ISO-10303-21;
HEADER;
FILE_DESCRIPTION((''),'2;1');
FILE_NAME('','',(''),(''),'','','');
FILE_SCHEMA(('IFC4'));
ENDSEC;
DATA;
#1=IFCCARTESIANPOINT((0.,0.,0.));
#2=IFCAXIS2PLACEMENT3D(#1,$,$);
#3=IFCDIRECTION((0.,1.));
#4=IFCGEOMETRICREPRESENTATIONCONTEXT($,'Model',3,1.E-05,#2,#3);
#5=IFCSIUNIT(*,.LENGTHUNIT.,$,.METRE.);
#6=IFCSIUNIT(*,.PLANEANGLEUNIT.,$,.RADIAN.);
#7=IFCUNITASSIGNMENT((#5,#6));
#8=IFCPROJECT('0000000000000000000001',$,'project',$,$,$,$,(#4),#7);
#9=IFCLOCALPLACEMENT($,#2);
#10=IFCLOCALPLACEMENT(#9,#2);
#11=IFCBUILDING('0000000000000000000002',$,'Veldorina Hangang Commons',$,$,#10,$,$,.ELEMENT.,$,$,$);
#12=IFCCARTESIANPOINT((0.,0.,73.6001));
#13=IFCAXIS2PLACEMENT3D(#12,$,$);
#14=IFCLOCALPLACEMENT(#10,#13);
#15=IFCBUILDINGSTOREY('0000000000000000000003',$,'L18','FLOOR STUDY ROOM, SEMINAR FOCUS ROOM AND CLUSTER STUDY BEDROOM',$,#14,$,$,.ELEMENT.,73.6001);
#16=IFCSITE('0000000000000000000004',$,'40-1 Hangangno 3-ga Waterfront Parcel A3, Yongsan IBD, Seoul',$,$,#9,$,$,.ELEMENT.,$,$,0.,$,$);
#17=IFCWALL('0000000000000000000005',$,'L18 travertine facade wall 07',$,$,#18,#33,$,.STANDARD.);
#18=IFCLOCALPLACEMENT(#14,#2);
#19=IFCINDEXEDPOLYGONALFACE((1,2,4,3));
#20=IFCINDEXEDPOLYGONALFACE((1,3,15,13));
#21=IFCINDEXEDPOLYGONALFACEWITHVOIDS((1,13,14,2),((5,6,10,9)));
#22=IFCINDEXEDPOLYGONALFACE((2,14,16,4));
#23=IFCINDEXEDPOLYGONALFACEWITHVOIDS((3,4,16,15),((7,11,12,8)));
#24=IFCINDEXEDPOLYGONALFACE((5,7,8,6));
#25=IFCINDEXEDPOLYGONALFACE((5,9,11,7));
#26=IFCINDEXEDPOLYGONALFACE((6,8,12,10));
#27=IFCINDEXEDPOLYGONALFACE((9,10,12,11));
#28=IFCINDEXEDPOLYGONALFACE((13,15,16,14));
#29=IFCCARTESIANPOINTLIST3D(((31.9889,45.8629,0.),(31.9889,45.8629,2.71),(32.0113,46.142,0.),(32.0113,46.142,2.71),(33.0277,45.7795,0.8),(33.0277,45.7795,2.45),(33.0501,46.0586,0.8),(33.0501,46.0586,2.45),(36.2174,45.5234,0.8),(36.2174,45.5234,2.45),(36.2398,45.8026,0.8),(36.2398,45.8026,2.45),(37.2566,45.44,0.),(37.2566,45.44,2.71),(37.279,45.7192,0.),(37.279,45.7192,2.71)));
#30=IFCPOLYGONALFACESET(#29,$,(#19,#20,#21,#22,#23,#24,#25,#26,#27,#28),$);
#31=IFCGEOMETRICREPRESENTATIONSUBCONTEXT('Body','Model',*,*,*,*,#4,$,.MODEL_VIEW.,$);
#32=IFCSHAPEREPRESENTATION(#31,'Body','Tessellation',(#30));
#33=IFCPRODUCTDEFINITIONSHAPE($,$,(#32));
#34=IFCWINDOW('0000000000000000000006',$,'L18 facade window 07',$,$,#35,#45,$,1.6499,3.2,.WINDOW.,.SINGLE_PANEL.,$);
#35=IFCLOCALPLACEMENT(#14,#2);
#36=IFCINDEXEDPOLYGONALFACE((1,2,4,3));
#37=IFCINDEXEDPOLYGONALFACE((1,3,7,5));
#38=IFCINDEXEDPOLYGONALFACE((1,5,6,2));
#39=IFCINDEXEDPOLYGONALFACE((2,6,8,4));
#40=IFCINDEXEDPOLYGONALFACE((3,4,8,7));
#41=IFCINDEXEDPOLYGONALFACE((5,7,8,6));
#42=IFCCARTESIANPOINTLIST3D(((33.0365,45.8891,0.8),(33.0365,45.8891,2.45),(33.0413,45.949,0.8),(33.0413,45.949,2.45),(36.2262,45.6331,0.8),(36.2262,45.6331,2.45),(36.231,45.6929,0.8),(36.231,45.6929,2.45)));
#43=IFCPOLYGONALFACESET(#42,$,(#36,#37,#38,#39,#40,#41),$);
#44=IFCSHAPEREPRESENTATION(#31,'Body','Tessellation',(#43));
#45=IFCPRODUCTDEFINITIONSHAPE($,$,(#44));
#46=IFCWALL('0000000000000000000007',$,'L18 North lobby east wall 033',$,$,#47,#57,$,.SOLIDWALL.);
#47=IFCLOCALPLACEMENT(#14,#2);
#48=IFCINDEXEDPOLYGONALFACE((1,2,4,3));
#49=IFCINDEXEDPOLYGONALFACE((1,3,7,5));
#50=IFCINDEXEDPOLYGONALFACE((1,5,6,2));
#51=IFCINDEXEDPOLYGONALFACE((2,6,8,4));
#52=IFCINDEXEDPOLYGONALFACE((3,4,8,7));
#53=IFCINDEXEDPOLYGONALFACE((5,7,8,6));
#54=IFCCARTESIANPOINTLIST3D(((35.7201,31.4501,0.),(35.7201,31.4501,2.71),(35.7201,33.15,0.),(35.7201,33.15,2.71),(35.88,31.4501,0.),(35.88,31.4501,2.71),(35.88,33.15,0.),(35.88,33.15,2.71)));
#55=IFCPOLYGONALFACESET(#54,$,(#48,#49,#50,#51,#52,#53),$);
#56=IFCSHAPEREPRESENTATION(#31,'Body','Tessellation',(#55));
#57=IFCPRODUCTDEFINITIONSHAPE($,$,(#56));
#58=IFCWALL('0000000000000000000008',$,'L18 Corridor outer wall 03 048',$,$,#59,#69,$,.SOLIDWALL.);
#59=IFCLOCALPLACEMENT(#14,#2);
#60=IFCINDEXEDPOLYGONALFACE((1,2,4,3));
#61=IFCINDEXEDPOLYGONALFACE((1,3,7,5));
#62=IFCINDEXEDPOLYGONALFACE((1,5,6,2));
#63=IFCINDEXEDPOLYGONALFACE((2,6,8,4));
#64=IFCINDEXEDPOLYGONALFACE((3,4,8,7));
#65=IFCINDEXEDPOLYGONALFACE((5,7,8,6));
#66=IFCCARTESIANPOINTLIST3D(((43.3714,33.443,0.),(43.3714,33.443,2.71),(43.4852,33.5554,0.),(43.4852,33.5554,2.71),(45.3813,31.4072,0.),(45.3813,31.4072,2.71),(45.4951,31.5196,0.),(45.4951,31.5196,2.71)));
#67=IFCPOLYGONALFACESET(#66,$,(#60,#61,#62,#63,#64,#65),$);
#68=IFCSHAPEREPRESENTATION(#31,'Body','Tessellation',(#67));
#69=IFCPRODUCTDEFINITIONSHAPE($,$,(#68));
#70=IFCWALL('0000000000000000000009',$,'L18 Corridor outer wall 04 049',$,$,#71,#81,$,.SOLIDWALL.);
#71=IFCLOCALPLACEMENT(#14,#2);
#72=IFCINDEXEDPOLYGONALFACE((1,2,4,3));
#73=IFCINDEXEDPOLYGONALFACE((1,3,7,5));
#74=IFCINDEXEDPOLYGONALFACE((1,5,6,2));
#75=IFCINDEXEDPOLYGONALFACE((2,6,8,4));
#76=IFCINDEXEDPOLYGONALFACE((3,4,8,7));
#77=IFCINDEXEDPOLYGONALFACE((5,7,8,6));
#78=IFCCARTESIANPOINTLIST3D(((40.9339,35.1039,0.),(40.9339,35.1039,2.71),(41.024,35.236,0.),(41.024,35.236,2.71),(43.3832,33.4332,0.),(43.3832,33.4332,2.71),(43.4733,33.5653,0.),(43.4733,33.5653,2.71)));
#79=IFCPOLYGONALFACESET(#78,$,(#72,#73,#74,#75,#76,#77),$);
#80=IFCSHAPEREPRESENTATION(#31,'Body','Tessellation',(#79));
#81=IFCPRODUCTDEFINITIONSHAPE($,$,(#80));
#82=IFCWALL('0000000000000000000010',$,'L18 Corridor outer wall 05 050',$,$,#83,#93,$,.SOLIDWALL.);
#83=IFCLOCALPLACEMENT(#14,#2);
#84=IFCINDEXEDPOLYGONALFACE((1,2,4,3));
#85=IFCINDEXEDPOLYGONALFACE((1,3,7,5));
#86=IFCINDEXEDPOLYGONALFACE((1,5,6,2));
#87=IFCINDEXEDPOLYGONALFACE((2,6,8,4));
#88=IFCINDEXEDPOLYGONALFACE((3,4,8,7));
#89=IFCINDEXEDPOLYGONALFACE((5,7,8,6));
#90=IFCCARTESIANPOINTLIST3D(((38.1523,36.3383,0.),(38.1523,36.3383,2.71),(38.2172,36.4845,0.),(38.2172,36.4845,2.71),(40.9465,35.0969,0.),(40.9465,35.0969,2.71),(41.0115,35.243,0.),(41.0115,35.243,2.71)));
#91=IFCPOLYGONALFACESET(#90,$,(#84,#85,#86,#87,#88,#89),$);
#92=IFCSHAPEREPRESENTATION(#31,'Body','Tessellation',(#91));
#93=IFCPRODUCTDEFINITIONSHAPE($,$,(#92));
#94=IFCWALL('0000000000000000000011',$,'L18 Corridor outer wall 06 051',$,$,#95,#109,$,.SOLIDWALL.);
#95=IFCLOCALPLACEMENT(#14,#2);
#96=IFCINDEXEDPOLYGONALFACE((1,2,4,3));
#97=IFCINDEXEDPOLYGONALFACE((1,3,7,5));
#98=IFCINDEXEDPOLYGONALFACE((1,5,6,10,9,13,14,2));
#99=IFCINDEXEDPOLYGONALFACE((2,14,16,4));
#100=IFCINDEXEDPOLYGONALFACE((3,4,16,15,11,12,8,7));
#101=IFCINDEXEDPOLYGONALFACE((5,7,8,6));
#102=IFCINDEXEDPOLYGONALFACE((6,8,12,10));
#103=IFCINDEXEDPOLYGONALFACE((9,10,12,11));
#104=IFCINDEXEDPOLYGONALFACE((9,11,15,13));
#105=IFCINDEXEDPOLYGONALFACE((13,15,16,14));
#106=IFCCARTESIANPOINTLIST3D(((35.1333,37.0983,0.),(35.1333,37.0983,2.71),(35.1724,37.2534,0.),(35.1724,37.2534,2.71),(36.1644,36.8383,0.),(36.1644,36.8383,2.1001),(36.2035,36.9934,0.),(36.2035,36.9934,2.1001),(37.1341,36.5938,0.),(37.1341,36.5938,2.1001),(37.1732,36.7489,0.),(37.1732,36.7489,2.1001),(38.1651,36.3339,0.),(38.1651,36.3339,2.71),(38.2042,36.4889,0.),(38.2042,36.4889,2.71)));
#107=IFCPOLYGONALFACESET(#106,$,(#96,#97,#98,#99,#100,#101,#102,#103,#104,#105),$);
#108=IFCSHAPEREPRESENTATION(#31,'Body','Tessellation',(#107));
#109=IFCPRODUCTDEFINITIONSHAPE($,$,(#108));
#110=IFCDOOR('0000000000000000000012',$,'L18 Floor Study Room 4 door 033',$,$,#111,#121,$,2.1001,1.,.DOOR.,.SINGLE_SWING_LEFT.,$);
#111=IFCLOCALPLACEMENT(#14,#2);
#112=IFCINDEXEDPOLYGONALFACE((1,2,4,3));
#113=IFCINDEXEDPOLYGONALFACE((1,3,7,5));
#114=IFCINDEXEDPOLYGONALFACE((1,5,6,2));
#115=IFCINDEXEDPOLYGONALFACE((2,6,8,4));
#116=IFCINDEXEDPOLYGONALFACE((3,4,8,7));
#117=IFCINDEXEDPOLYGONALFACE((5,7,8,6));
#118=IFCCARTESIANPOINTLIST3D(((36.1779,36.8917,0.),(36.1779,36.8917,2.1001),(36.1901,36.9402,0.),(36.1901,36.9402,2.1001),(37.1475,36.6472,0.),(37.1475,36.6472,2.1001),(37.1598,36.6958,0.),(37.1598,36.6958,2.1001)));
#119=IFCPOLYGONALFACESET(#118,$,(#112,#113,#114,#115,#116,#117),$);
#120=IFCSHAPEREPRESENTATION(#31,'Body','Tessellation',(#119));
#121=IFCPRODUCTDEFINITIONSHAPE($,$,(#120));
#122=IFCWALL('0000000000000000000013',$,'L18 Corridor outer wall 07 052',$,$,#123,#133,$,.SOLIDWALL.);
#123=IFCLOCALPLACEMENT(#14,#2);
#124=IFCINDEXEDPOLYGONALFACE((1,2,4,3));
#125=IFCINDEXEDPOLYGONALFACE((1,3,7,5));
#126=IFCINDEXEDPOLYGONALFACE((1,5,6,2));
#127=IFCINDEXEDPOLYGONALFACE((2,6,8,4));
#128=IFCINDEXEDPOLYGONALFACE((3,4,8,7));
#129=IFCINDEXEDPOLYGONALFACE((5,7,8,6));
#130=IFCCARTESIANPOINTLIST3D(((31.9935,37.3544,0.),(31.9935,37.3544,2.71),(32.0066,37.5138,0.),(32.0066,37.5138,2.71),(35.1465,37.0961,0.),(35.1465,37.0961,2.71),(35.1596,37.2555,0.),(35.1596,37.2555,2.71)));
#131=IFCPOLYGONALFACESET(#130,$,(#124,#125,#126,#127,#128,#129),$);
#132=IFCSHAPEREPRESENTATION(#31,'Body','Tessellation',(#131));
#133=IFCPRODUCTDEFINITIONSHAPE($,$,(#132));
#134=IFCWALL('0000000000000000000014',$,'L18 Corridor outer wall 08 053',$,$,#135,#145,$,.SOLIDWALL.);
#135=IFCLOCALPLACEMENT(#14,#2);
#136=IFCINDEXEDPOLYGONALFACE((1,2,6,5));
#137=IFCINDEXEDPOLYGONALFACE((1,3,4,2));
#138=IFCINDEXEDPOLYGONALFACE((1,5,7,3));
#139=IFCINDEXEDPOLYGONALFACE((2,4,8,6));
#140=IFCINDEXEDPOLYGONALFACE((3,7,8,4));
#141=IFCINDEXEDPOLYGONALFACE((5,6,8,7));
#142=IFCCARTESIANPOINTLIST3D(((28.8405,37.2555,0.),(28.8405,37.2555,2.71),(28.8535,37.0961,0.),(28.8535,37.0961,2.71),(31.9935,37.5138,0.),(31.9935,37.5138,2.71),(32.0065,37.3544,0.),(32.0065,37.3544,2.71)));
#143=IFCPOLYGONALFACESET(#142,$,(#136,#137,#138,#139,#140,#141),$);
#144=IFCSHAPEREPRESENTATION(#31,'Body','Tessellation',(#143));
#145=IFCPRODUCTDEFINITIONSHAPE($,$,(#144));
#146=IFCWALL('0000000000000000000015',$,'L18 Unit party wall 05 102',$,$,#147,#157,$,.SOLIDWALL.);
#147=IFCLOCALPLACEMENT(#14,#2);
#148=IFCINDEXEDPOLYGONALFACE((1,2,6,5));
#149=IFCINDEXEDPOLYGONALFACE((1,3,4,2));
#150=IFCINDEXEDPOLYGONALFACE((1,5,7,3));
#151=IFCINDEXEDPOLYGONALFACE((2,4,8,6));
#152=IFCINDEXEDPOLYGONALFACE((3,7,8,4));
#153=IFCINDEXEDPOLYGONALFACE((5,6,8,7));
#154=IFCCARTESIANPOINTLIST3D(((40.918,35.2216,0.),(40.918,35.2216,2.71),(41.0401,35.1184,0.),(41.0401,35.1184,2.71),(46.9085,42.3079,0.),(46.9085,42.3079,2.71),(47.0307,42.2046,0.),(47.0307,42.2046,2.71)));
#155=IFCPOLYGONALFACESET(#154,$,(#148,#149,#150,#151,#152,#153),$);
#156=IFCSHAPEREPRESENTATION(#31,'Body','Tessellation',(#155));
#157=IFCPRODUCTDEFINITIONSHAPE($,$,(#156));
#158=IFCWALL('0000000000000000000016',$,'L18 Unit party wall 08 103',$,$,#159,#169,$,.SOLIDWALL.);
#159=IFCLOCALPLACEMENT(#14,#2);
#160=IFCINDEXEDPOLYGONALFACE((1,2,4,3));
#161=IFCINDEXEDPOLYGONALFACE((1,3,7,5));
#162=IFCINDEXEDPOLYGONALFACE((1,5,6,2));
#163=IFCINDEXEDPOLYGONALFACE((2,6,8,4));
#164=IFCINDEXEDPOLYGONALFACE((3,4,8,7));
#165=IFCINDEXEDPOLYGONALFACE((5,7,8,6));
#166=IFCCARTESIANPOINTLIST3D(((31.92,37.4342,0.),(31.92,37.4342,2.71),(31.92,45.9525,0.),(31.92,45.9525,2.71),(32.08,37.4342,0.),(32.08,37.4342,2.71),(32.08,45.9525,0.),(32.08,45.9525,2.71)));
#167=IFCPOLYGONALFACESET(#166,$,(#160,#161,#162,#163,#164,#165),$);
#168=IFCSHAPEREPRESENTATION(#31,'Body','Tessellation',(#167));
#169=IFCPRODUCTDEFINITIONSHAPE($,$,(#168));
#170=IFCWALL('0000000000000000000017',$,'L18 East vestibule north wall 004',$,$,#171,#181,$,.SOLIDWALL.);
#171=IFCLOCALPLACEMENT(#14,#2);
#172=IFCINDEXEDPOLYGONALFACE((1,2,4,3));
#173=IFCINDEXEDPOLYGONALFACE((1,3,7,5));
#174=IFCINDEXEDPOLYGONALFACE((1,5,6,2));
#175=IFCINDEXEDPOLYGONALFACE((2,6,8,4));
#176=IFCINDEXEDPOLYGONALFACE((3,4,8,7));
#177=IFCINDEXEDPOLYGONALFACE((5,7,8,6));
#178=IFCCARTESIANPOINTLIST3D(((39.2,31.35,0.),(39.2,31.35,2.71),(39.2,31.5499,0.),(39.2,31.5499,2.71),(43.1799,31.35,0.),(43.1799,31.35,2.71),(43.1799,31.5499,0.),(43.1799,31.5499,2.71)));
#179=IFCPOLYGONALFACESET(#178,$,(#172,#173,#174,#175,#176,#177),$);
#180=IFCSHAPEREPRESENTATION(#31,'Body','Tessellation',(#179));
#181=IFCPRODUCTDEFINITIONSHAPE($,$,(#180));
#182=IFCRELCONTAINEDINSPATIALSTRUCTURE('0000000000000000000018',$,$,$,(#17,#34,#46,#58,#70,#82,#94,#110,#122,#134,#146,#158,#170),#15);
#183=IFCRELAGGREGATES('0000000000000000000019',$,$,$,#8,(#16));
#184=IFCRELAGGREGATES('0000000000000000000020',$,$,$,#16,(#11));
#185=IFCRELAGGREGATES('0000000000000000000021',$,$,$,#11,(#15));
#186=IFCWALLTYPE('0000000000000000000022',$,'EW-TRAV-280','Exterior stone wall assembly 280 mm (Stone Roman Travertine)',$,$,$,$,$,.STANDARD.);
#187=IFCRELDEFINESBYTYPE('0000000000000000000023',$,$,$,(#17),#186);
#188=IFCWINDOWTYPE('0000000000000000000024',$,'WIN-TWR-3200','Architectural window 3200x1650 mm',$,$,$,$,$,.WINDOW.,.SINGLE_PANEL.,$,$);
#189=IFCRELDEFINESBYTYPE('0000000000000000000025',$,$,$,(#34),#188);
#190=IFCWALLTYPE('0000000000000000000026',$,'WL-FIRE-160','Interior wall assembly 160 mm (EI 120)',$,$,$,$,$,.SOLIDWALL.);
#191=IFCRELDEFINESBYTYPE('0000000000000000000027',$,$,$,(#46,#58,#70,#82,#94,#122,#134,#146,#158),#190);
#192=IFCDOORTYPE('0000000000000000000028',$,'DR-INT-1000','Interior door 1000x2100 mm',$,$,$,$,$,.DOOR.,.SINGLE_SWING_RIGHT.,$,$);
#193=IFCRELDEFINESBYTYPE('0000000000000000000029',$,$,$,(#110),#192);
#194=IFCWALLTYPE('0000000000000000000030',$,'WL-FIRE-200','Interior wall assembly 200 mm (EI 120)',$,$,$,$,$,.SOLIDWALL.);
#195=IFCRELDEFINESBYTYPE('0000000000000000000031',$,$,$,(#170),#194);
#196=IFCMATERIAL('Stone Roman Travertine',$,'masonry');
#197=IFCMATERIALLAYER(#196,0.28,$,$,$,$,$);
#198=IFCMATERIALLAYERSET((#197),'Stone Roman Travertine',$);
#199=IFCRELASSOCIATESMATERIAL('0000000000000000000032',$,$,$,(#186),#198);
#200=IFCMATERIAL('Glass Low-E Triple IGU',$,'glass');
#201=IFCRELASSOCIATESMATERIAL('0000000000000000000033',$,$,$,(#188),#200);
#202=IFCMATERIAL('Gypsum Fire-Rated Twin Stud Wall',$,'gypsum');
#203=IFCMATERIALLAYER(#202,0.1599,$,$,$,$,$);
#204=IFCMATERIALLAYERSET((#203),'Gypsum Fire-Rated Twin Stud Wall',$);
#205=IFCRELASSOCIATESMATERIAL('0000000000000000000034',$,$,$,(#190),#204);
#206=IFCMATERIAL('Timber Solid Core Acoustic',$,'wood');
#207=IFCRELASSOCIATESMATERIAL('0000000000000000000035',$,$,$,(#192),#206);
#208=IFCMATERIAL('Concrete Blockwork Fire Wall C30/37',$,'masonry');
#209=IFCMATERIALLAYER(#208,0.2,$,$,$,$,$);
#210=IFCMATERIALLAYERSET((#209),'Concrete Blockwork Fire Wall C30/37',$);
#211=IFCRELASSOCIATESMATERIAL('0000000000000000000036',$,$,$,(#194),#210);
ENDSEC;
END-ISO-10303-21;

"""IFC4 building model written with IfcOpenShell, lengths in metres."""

from ifc_helpers import new_model, si_unit, direction, frame, frame_2d, origin, place, context, subcontext, project, spatial, rectangle, extrude, material, layer, layer_set, type_object, element, fill, save


model = new_model("IFC4")

# Units and contexts
model_context = context("Model", 3, precision=1e-05, world=origin(), true_north=direction((0.0, 1.0)))
body_context = subcontext(model_context, "Body", "Model", "MODEL_VIEW")
ifc_project = project(units=[si_unit("LENGTHUNIT", "METRE"), si_unit("PLANEANGLEUNIT", "RADIAN")], contexts=[model_context])

# Site, building, storey
site_placement = place(None, origin())
site = spatial("IfcSite", under=ifc_project, at=site_placement, Name="40-1 Hangangno 3-ga Waterfront Parcel A3, Yongsan IBD, Seoul", CompositionType="ELEMENT", RefElevation=0.0)
building_placement = place(site_placement, origin())
building = spatial("IfcBuilding", under=site, at=building_placement, Name="Veldorina Hangang Commons", CompositionType="ELEMENT")
storey_placement = place(building_placement, frame((0.0, 0.0, 73.6001)))
storey = spatial("IfcBuildingStorey", under=building, at=storey_placement, Name="L18", Description="FLOOR STUDY ROOM, SEMINAR FOCUS ROOM AND CLUSTER STUDY BEDROOM", CompositionType="ELEMENT", Elevation=73.6001)

# Shared definitions
ifc_material_1 = material(Name="Stone Roman Travertine", Category="masonry")
ifc_layer_1 = layer(ifc_material_1, 0.28)
ifc_layer_set_1 = layer_set([ifc_layer_1], Name="Stone Roman Travertine")
wall_type_1 = type_object("IfcWallType", Name="EW-TRAV-280", Description="Exterior stone wall assembly 280 mm (Stone Roman Travertine)", PredefinedType="STANDARD", material=ifc_layer_set_1)

# Wall, opening, window
wall_1_placement = place(storey_placement, frame((37.2678, 45.5796, 0.0), z_axis=(0.0, 0.0, 1.0), x_axis=(-0.996794, 0.080013, 0.0)))
wall_1 = element("IfcWall", 1, at=wall_1_placement, inside=storey, type_object=wall_type_1, Name="L18 travertine facade wall 07", PredefinedType="STANDARD", context=body_context, shape_type="SweptSolid", body=[
    extrude(rectangle(XDim=5.2847, YDim=0.28, at=frame_2d((2.6423, 0.0))), origin(), (0.0, 0.0, 1.0), 2.71),
])
opening_1_placement = place(wall_1_placement, frame((1.0425, 0.0, 0.8)))
opening_1 = element("IfcOpeningElement", 2, at=opening_1_placement, cuts=wall_1, PredefinedType="OPENING", context=body_context, shape_type="SweptSolid", body=[
    extrude(rectangle(XDim=3.2, YDim=1.6499, at=frame_2d((1.6001, 0.825))), frame((0.0, 0.1499, 0.0), z_axis=(0.0, -1.0, 0.0), x_axis=(1.0, 0.0, 0.0)), (0.0, 0.0, 1.0), 0.3),
])
ifc_material_2 = material(Name="Glass Low-E Triple IGU", Category="glass")
window_type = type_object("IfcWindowType", Name="WIN-TWR-3200", Description="Architectural window 3200x1650 mm", PartitioningType="SINGLE_PANEL", PredefinedType="WINDOW", material=ifc_material_2)
window_placement = place(opening_1_placement, origin())
window = element("IfcWindow", 3, at=window_placement, inside=storey, type_object=window_type, Name="L18 facade window 07", OverallHeight=1.6499, OverallWidth=3.2, PartitioningType="SINGLE_PANEL", PredefinedType="WINDOW", context=body_context, shape_type="SweptSolid", body=[
    extrude(rectangle(XDim=3.2, YDim=1.6499, at=frame_2d((1.6001, 0.825))), frame((0.0, 0.03, 0.0), z_axis=(0.0, -1.0, 0.0), x_axis=(1.0, 0.0, 0.0)), (0.0, 0.0, 1.0), 0.0601),
])
fill(opening_1, window)

# Walls
ifc_material_3 = material(Name="Gypsum Fire-Rated Twin Stud Wall", Category="gypsum")
ifc_layer_2 = layer(ifc_material_3, 0.1599)
ifc_layer_set_2 = layer_set([ifc_layer_2], Name="Gypsum Fire-Rated Twin Stud Wall")
wall_type_2 = type_object("IfcWallType", Name="WL-FIRE-160", Description="Interior wall assembly 160 mm (EI 120)", PredefinedType="SOLIDWALL", material=ifc_layer_set_2)
wall_2_placement = place(storey_placement, frame((35.8, 31.45, 0.0), z_axis=(0.0, 0.0, 1.0), x_axis=(0.0, 1.0, 0.0)))
element("IfcWall", 4, at=wall_2_placement, inside=storey, type_object=wall_type_2, Name="L18 North lobby east wall 033", PredefinedType="SOLIDWALL", context=body_context, shape_type="SweptSolid", body=[
    extrude(rectangle(XDim=1.7, YDim=0.1599, at=frame_2d((0.8501, 0.0))), origin(), (0.0, 0.0, 1.0), 2.71),
])
wall_3_placement = place(storey_placement, frame((45.4382, 31.4634, 0.0), z_axis=(0.0, 0.0, 1.0), x_axis=(-0.70257, 0.711615, 0.0)))
element("IfcWall", 5, at=wall_3_placement, inside=storey, type_object=wall_type_2, Name="L18 Corridor outer wall 03 048", PredefinedType="SOLIDWALL", context=body_context, shape_type="SweptSolid", body=[
    extrude(rectangle(XDim=2.8608, YDim=0.1599, at=frame_2d((1.4304, 0.0))), origin(), (0.0, 0.0, 1.0), 2.71),
])
wall_4_placement = place(storey_placement, frame((43.4282, 33.4993, 0.0), z_axis=(0.0, 0.0, 1.0), x_axis=(-0.826112, 0.563505, 0.0)))
element("IfcWall", 6, at=wall_4_placement, inside=storey, type_object=wall_type_2, Name="L18 Corridor outer wall 04 049", PredefinedType="SOLIDWALL", context=body_context, shape_type="SweptSolid", body=[
    extrude(rectangle(XDim=2.9648, YDim=0.1599, at=frame_2d((1.4824, 0.0))), origin(), (0.0, 0.0, 1.0), 2.71),
])
wall_5_placement = place(storey_placement, frame((40.979, 35.1699, 0.0), z_axis=(0.0, 0.0, 1.0), x_axis=(-0.913861, 0.406027, 0.0)))
element("IfcWall", 7, at=wall_5_placement, inside=storey, type_object=wall_type_2, Name="L18 Corridor outer wall 05 050", PredefinedType="SOLIDWALL", context=body_context, shape_type="SweptSolid", body=[
    extrude(rectangle(XDim=3.0576, YDim=0.1599, at=frame_2d((1.5288, 0.0))), origin(), (0.0, 0.0, 1.0), 2.71),
])

# Wall, opening, door
wall_6_placement = place(storey_placement, frame((38.1848, 36.4114, 0.0), z_axis=(0.0, 0.0, 1.0), x_axis=(-0.969654, 0.244483, 0.0)))
wall_6 = element("IfcWall", 8, at=wall_6_placement, inside=storey, type_object=wall_type_2, Name="L18 Corridor outer wall 06 051", PredefinedType="SOLIDWALL", context=body_context, shape_type="SweptSolid", body=[
    extrude(rectangle(XDim=3.1267, YDim=0.1599, at=frame_2d((1.5635, 0.0))), origin(), (0.0, 0.0, 1.0), 2.71),
])
opening_2_placement = place(wall_6_placement, frame((1.0635, 0.0, 0.0)))
opening_2 = element("IfcOpeningElement", 9, at=opening_2_placement, cuts=wall_6, PredefinedType="OPENING", context=body_context, shape_type="SweptSolid", body=[
    extrude(rectangle(XDim=1.0, YDim=2.1001, at=frame_2d((0.5, 1.05))), frame((0.0, 0.0898, 0.0), z_axis=(0.0, -1.0, 0.0), x_axis=(1.0, 0.0, 0.0)), (0.0, 0.0, 1.0), 0.1799),
])
ifc_material_4 = material(Name="Timber Solid Core Acoustic", Category="wood")
door_type_1 = type_object("IfcDoorType", Name="DR-INT-1000", Description="Interior door 1000x2100 mm", OperationType="SINGLE_SWING_RIGHT", PredefinedType="DOOR", material=ifc_material_4)
door_1_placement = place(opening_2_placement, origin())
door_1 = element("IfcDoor", 10, at=door_1_placement, inside=storey, type_object=door_type_1, Name="L18 Floor Study Room 4 door 033", OperationType="SINGLE_SWING_LEFT", OverallHeight=2.1001, OverallWidth=1.0, PredefinedType="DOOR", context=body_context, shape_type="SweptSolid", body=[
    extrude(rectangle(XDim=1.0, YDim=2.1001, at=frame_2d((0.5, 1.05))), frame((0.0, 0.0249, 0.0), z_axis=(0.0, -1.0, 0.0), x_axis=(1.0, 0.0, 0.0)), (0.0, 0.0, 1.0), 0.05),
])
fill(opening_2, door_1)

# Walls
for number, where, z_axis, x_axis, name in (
    (11, (35.1531, 37.1758, 0.0), (0.0, 0.0, 1.0), (-0.996661, 0.081647, 0.0), "L18 Corridor outer wall 07 052"),
    (12, (32.0, 37.4341, 0.0), (0.0, 0.0, 1.0), (-0.996661, -0.081647, 0.0), "L18 Corridor outer wall 08 053"),
):
    element("IfcWall", number, at=place(storey_placement, frame(where, z_axis=z_axis, x_axis=x_axis)), inside=storey, type_object=wall_type_2, Name=name, PredefinedType="SOLIDWALL", context=body_context, shape_type="SweptSolid", body=[
        extrude(rectangle(XDim=3.1636, YDim=0.1599, at=frame_2d((1.5818, 0.0))), origin(), (0.0, 0.0, 1.0), 2.71),
    ])
wall_7_placement = place(storey_placement, frame((40.979, 35.1699, 0.0), z_axis=(0.0, 0.0, 1.0), x_axis=(0.645595, 0.76368, 0.0)))
element("IfcWall", 13, at=wall_7_placement, inside=storey, type_object=wall_type_2, Name="L18 Unit party wall 05 102", PredefinedType="SOLIDWALL", context=body_context, shape_type="SweptSolid", body=[
    extrude(rectangle(XDim=9.2791, YDim=0.1599, at=frame_2d((4.6396, 0.0))), origin(), (0.0, 0.0, 1.0), 2.71),
])
wall_8_placement = place(storey_placement, frame((32.0, 37.4341, 0.0), z_axis=(0.0, 0.0, 1.0), x_axis=(0.0, 1.0, 0.0)))
element("IfcWall", 14, at=wall_8_placement, inside=storey, type_object=wall_type_2, Name="L18 Unit party wall 08 103", PredefinedType="SOLIDWALL", context=body_context, shape_type="SweptSolid", body=[
    extrude(rectangle(XDim=8.5183, YDim=0.1599, at=frame_2d((4.2593, 0.0))), origin(), (0.0, 0.0, 1.0), 2.71),
])
ifc_material_5 = material(Name="Concrete Blockwork Fire Wall C30/37", Category="masonry")
ifc_layer_3 = layer(ifc_material_5, 0.2)
ifc_layer_set_3 = layer_set([ifc_layer_3], Name="Concrete Blockwork Fire Wall C30/37")
wall_type_3 = type_object("IfcWallType", Name="WL-FIRE-200", Description="Interior wall assembly 200 mm (EI 120)", PredefinedType="SOLIDWALL", material=ifc_layer_set_3)
wall_9_placement = place(storey_placement, frame((39.2, 31.45, 0.0), z_axis=(0.0, 0.0, 1.0), x_axis=(1.0, 0.0, 0.0)))
element("IfcWall", 15, at=wall_9_placement, inside=storey, type_object=wall_type_3, Name="L18 East vestibule north wall 004", PredefinedType="SOLIDWALL", context=body_context, shape_type="SweptSolid", body=[
    extrude(rectangle(XDim=3.98, YDim=0.2, at=frame_2d((1.99, 0.0))), origin(), (0.0, 0.0, 1.0), 2.71),
])

save(model, "model.ifc")
